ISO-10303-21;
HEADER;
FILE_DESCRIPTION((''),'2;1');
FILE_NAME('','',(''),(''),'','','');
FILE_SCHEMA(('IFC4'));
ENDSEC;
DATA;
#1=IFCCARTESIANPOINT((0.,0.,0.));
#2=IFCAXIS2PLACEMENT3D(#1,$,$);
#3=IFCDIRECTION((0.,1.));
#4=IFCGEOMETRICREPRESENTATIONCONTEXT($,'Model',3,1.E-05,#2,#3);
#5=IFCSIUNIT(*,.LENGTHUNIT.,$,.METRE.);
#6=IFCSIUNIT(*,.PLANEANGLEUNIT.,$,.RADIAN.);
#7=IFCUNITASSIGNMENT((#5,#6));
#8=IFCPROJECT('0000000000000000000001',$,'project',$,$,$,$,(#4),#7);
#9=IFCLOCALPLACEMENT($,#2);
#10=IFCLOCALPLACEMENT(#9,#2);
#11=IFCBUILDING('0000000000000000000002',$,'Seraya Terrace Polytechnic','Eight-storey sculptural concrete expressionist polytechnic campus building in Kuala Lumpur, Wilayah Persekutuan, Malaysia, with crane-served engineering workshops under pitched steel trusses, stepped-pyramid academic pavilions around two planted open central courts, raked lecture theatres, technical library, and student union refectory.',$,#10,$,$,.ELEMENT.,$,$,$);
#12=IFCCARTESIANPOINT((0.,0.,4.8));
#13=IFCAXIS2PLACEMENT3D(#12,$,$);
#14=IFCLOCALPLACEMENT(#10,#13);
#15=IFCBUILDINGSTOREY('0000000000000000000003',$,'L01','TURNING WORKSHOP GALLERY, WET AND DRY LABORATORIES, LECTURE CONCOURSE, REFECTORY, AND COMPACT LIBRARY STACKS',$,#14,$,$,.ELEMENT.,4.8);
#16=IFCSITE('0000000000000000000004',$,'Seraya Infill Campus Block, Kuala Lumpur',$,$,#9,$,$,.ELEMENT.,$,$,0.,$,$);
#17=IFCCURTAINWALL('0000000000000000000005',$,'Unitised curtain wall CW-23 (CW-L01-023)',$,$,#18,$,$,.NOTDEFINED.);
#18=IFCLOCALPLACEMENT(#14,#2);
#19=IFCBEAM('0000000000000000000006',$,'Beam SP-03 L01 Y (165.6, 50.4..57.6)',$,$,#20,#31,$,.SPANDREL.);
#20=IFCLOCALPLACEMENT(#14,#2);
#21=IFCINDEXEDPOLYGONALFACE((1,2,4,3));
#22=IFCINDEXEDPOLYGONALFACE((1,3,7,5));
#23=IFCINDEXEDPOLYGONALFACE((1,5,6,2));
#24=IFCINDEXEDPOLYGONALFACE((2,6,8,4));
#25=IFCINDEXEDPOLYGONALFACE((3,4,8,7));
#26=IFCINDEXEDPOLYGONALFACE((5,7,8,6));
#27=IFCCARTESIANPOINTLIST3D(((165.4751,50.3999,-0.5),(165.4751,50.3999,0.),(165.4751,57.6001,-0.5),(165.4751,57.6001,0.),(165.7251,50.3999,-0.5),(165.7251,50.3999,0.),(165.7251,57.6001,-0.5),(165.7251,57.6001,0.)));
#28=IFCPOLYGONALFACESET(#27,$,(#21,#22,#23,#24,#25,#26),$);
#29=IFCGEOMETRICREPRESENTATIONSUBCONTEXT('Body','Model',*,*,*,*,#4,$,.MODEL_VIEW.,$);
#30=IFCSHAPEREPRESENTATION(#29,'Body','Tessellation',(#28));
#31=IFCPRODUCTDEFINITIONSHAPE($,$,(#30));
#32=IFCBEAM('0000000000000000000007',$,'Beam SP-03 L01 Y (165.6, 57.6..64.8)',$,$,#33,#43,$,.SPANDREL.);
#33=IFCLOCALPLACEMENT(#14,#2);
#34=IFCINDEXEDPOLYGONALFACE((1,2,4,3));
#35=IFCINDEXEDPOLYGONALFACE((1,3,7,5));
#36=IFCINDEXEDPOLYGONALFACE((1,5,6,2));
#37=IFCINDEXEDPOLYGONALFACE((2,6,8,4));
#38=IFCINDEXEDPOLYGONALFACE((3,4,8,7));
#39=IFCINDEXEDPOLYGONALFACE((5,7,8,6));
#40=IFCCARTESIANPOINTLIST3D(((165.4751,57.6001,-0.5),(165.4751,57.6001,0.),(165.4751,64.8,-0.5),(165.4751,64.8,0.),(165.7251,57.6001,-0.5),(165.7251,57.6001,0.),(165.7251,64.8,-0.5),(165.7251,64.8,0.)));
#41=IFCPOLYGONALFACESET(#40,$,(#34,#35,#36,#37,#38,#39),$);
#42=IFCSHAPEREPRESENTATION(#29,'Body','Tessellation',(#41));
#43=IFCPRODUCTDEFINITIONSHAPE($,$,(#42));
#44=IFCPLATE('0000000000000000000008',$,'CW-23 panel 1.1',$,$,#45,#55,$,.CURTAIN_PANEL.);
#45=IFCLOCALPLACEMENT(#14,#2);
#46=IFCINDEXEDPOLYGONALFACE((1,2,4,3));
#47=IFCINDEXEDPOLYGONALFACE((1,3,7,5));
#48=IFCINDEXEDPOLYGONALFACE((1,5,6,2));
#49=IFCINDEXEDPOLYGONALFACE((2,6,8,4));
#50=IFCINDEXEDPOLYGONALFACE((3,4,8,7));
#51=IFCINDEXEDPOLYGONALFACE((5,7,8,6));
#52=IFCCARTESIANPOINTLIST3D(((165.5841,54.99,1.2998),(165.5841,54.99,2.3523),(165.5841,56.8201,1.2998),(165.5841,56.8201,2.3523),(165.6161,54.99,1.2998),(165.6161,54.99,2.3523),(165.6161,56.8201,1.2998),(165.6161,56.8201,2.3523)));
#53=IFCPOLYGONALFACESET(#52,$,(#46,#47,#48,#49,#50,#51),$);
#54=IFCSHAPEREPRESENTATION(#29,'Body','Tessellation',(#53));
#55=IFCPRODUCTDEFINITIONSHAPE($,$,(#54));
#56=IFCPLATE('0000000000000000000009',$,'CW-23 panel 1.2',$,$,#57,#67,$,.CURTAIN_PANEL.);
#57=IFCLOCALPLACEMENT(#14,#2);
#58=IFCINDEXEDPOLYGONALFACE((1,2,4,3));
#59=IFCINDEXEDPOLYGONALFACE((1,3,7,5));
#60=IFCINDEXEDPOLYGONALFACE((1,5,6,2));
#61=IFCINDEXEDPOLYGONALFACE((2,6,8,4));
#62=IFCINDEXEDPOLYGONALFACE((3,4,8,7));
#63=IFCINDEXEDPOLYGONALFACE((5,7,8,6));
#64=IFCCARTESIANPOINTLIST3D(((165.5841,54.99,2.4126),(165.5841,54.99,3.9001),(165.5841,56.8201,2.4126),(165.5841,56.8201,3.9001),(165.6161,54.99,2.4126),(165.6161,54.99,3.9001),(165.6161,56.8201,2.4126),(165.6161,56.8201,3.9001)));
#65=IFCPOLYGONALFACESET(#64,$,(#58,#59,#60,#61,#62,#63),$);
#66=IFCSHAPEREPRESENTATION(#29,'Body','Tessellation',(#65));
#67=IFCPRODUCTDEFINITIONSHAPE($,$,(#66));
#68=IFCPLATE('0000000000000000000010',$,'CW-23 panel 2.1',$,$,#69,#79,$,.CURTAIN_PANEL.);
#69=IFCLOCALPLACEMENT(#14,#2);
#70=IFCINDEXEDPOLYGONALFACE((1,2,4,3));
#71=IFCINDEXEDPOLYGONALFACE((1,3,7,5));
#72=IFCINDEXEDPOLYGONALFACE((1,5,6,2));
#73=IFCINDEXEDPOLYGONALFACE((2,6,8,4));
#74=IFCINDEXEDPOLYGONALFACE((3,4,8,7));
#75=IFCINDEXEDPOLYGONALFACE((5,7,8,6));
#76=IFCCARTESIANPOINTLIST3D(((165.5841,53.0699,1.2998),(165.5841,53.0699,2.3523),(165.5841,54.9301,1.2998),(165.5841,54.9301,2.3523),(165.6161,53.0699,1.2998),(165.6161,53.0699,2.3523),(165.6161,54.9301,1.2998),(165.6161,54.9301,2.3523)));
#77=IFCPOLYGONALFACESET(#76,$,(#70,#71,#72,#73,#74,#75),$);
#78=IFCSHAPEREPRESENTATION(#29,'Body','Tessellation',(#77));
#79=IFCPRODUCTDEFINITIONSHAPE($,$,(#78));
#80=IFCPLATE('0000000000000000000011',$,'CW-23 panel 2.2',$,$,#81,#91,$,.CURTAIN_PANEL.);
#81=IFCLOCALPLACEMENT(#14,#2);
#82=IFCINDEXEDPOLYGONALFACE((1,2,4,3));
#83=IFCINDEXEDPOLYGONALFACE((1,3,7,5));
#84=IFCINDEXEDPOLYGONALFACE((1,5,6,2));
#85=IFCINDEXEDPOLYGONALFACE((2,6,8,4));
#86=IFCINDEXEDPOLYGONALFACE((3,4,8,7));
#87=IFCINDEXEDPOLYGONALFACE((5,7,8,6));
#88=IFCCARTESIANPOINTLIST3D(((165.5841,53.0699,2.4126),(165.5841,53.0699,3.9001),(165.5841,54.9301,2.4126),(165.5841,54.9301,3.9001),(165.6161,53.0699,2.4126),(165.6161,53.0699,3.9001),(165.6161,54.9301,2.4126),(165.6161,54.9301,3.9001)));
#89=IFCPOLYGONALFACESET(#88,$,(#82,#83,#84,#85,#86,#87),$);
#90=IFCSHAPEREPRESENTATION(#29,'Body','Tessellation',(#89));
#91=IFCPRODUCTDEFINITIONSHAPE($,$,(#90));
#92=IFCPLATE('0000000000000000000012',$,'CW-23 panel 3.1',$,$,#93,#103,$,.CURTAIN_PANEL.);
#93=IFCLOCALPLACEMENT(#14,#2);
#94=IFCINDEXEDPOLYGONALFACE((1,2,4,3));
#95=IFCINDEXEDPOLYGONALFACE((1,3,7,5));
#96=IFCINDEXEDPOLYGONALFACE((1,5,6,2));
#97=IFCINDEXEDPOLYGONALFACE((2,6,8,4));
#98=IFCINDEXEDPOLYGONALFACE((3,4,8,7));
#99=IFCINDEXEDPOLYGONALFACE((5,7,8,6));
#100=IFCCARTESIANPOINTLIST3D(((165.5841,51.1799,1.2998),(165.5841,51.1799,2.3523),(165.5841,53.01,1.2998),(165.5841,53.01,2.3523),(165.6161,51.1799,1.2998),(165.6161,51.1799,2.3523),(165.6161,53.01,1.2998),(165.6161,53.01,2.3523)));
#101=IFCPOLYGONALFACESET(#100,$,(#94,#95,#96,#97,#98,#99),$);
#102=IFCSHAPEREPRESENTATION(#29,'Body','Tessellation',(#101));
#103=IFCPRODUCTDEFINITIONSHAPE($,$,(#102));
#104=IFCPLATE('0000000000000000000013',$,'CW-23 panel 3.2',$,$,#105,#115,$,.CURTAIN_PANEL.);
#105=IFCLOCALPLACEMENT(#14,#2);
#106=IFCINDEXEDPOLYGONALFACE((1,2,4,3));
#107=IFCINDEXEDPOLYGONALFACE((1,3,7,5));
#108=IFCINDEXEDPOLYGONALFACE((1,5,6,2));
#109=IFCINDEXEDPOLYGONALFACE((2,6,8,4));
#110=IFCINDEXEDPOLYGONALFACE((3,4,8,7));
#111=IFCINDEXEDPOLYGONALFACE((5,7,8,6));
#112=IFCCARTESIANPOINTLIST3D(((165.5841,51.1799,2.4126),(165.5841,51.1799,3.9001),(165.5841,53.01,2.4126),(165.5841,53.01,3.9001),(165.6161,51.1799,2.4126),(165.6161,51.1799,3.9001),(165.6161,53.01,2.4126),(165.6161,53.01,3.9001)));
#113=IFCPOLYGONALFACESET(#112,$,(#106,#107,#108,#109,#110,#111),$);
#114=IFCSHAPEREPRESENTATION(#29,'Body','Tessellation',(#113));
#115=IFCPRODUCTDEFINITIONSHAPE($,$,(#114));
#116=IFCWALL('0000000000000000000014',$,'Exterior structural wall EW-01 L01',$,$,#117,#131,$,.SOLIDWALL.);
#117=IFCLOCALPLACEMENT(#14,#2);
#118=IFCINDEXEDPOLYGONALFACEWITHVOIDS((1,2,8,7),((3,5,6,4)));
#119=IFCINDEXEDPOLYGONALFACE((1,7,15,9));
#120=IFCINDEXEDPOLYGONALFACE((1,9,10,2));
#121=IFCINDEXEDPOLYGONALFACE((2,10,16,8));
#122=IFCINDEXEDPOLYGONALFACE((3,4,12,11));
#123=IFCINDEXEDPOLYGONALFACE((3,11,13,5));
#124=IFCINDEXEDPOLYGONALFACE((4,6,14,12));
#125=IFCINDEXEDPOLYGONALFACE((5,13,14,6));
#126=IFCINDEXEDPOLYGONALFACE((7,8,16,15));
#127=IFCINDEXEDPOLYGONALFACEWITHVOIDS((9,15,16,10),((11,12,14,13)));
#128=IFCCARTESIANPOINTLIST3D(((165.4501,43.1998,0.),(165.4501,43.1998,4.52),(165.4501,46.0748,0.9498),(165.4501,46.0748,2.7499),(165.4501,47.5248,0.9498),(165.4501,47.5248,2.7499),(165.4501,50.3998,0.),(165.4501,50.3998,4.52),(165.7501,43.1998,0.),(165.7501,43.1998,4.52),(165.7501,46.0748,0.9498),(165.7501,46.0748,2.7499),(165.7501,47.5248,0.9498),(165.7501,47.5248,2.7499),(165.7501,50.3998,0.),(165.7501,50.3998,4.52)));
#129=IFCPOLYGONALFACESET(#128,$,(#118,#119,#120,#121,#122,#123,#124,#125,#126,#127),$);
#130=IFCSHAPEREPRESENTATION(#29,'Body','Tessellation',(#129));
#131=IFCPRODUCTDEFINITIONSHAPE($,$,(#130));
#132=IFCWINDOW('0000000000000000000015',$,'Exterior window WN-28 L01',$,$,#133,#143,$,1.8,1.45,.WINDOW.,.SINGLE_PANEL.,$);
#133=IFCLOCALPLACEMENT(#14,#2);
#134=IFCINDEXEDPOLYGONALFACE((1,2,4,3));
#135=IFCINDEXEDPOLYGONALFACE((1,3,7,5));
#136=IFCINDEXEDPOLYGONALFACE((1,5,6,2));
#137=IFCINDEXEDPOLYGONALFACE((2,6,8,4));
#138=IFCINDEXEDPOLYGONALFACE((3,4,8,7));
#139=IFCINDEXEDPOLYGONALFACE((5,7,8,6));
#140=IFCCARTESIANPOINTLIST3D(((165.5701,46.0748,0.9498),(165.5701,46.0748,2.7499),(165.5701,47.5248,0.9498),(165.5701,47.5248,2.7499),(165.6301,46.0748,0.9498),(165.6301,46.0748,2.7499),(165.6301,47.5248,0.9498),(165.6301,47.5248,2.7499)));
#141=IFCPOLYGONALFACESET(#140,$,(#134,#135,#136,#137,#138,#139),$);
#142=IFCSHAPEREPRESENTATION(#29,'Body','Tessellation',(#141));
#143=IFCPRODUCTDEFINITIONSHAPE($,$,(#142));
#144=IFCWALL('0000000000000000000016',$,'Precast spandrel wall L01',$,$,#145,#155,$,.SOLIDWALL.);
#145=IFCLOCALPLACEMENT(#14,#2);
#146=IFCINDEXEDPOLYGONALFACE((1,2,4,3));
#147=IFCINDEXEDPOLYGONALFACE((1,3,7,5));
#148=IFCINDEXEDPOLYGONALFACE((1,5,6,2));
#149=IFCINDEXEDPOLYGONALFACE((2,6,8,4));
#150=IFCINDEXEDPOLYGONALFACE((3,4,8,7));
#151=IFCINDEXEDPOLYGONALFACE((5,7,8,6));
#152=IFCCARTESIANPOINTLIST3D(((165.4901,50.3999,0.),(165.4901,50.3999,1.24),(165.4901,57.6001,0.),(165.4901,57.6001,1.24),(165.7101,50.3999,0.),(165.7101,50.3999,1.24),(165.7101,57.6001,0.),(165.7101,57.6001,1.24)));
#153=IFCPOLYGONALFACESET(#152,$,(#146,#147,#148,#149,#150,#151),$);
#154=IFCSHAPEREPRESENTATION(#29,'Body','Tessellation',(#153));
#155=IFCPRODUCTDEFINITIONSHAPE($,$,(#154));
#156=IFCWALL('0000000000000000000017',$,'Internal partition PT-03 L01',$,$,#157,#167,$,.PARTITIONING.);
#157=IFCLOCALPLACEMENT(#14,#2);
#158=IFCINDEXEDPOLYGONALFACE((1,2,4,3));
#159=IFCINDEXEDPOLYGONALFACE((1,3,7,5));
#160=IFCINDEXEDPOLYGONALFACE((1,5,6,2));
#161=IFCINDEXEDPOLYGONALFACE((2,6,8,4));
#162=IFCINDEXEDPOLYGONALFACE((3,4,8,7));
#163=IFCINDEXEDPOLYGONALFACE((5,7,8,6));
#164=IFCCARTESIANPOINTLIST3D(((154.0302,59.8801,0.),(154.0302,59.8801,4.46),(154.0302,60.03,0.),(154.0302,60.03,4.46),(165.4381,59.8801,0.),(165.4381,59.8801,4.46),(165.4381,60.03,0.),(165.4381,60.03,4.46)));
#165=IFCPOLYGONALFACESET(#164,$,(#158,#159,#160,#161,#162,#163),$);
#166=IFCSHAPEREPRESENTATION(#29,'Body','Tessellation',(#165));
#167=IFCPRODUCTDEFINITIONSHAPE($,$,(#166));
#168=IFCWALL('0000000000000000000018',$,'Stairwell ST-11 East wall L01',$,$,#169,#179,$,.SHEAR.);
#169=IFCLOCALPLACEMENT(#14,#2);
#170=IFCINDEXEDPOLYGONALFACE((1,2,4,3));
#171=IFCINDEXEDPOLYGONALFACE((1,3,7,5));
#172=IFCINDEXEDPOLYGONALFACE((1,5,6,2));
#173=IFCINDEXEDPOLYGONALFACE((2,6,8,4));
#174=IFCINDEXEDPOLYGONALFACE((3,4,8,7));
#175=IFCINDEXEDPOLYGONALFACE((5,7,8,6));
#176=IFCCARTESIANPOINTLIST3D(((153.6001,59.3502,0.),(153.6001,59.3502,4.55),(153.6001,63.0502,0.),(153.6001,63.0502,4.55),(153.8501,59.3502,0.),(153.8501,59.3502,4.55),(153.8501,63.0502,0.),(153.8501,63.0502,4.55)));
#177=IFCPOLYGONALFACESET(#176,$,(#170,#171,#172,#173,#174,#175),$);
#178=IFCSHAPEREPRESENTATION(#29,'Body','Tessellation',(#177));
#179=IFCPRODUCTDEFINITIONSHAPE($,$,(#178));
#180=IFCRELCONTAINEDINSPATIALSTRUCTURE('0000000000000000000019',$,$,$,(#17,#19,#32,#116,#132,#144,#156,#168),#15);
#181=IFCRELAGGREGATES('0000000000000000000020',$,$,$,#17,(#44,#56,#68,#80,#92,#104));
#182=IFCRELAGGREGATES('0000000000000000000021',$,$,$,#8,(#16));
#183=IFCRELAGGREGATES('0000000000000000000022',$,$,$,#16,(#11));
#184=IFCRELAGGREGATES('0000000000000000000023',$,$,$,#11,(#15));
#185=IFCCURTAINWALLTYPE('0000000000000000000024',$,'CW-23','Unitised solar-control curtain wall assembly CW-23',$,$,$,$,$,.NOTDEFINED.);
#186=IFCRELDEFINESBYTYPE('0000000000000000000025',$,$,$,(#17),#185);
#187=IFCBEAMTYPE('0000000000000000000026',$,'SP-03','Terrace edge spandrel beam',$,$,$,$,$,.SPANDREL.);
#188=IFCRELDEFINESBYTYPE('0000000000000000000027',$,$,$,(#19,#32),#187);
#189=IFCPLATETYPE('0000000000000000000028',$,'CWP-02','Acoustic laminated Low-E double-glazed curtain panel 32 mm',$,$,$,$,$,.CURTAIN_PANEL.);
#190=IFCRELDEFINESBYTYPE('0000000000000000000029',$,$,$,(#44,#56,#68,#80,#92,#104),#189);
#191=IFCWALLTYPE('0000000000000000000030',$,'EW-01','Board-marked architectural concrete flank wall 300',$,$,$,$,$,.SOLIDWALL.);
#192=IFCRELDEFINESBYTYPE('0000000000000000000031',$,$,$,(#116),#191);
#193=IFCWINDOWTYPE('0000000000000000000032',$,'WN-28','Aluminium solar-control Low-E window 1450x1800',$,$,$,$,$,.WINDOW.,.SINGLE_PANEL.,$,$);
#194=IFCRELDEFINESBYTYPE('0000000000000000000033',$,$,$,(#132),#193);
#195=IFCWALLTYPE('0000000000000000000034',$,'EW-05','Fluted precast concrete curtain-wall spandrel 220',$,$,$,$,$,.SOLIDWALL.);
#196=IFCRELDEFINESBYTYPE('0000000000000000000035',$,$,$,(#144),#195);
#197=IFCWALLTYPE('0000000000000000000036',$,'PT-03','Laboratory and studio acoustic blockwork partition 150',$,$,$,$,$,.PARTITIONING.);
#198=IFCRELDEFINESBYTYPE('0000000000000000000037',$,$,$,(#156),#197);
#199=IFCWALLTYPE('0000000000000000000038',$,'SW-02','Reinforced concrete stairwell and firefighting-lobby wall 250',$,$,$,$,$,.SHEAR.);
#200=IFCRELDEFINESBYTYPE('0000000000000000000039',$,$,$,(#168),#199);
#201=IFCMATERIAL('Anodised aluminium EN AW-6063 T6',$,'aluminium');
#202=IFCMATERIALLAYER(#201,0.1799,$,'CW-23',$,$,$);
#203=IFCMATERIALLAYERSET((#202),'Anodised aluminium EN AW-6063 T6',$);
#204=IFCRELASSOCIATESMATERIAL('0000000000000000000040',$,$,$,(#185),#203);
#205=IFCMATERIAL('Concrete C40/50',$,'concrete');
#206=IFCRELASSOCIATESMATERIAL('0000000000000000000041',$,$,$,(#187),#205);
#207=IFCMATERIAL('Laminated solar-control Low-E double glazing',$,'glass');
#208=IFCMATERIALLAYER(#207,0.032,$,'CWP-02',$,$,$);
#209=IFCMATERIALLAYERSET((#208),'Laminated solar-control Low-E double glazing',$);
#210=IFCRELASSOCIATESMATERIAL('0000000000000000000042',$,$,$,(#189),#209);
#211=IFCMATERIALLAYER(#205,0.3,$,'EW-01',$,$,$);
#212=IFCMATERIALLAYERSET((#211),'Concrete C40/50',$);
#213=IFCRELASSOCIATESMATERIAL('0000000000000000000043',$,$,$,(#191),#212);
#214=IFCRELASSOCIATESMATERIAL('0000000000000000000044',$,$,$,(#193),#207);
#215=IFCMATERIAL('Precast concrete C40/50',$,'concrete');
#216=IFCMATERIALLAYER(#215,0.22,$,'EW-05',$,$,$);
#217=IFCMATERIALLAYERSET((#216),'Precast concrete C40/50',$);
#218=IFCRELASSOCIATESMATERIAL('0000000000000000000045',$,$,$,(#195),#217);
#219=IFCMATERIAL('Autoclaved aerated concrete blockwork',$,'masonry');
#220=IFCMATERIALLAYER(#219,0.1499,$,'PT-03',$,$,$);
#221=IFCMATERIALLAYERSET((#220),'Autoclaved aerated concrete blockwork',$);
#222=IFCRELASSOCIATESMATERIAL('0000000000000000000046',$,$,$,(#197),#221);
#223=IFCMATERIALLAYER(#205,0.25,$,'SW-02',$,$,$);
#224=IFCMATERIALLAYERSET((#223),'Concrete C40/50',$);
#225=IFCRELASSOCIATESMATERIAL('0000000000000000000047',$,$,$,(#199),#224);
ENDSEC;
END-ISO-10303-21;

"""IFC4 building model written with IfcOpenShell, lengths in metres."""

from ifc_helpers import new_model, si_unit, direction, frame, frame_2d, origin, origin_2d, place, context, subcontext, project, spatial, rectangle, extrude, material, layer, layer_set, material_profile, profile_set, type_object, element, fill, aggregate, save


model = new_model("IFC4")

# Units and contexts
model_context = context("Model", 3, precision=1e-05, world=origin(), true_north=direction((0.0, 1.0)))
body_context = subcontext(model_context, "Body", "Model", "MODEL_VIEW")
ifc_project = project(units=[si_unit("LENGTHUNIT", "METRE"), si_unit("PLANEANGLEUNIT", "RADIAN")], contexts=[model_context])

# Site, building, storey
site_placement = place(None, origin())
site = spatial("IfcSite", under=ifc_project, at=site_placement, Name="Seraya Infill Campus Block, Kuala Lumpur", CompositionType="ELEMENT", RefElevation=0.0)
building_placement = place(site_placement, origin())
building = spatial("IfcBuilding", under=site, at=building_placement, Name="Seraya Terrace Polytechnic", Description="Eight-storey sculptural concrete expressionist polytechnic campus building in Kuala Lumpur, Wilayah Persekutuan, Malaysia, with crane-served engineering workshops under pitched steel trusses, stepped-pyramid academic pavilions around two planted open central courts, raked lecture theatres, technical library, and student union refectory.", CompositionType="ELEMENT")
storey_placement = place(building_placement, frame((0.0, 0.0, 4.8)))
storey = spatial("IfcBuildingStorey", under=building, at=storey_placement, Name="L01", Description="TURNING WORKSHOP GALLERY, WET AND DRY LABORATORIES, LECTURE CONCOURSE, REFECTORY, AND COMPACT LIBRARY STACKS", CompositionType="ELEMENT", Elevation=4.8)

# Shared definitions
ifc_material_1 = material(Name="Concrete C40/50", Category="concrete")

# Curtain wall
ifc_material_2 = material(Name="Anodised aluminium EN AW-6063 T6", Category="aluminium")
ifc_layer_1 = layer(ifc_material_2, 0.1799, Name="CW-23")
ifc_layer_set_1 = layer_set([ifc_layer_1], Name="Anodised aluminium EN AW-6063 T6")
curtain_wall_type = type_object("IfcCurtainWallType", Name="CW-23", Description="Unitised solar-control curtain wall assembly CW-23", PredefinedType="NOTDEFINED", material=ifc_layer_set_1)
curtain_wall_placement = place(storey_placement, origin())
curtain_wall = element("IfcCurtainWall", 1, at=curtain_wall_placement, inside=storey, type_object=curtain_wall_type, Name="Unitised curtain wall CW-23 (CW-L01-023)", PredefinedType="NOTDEFINED")

# Beams
ifc_material_profile_1 = material_profile(ifc_material_1, rectangle(XDim=0.25, YDim=0.5, at=origin_2d()), Name="RC 250x500")
ifc_profile_set_1 = profile_set([ifc_material_profile_1], Name="Concrete C40/50")
beam_type_1 = type_object("IfcBeamType", Name="SP-03", Description="Terrace edge spandrel beam", PredefinedType="SPANDREL", material=ifc_profile_set_1)
beam_1_placement = place(storey_placement, frame((165.6001, 50.3999, -0.25), z_axis=(0.0, 1.0, 0.0), x_axis=(-1.0, 0.0, 0.0)))
element("IfcBeam", 2, at=beam_1_placement, inside=storey, type_object=beam_type_1, Name="Beam SP-03 L01 Y (165.6, 50.4..57.6)", PredefinedType="SPANDREL", context=body_context, shape_type="SweptSolid", body=[
    extrude(rectangle(XDim=0.25, YDim=0.5, at=origin_2d()), origin(), (0.0, 0.0, 1.0), 7.2002),
])
beam_2_placement = place(storey_placement, frame((165.6001, 57.6001, -0.25), z_axis=(0.0, 1.0, 0.0), x_axis=(-1.0, 0.0, 0.0)))
element("IfcBeam", 3, at=beam_2_placement, inside=storey, type_object=beam_type_1, Name="Beam SP-03 L01 Y (165.6, 57.6..64.8)", PredefinedType="SPANDREL", context=body_context, shape_type="SweptSolid", body=[
    extrude(rectangle(XDim=0.25, YDim=0.5, at=origin_2d()), origin(), (0.0, 0.0, 1.0), 7.2),
])

# Plates
ifc_material_3 = material(Name="Laminated solar-control Low-E double glazing", Category="glass")
ifc_layer_2 = layer(ifc_material_3, 0.032, Name="CWP-02")
ifc_layer_set_2 = layer_set([ifc_layer_2], Name="Laminated solar-control Low-E double glazing")
plate_type = type_object("IfcPlateType", Name="CWP-02", Description="Acoustic laminated Low-E double-glazed curtain panel 32 mm", PredefinedType="CURTAIN_PANEL", material=ifc_layer_set_2)
plate_1_placement = place(storey_placement, frame((165.6001, 55.905, 1.2998), z_axis=(0.0, 0.0, 1.0), x_axis=(0.0, -1.0, 0.0)))
plate_1 = element("IfcPlate", 4, at=plate_1_placement, type_object=plate_type, Name="CW-23 panel 1.1", PredefinedType="CURTAIN_PANEL", context=body_context, shape_type="SweptSolid", body=[
    extrude(rectangle(XDim=1.8301, YDim=0.032, at=origin_2d()), origin(), (0.0, 0.0, 1.0), 1.0525),
])
plate_2_placement = place(storey_placement, frame((165.6001, 55.905, 2.4126), z_axis=(0.0, 0.0, 1.0), x_axis=(0.0, -1.0, 0.0)))
plate_2 = element("IfcPlate", 5, at=plate_2_placement, type_object=plate_type, Name="CW-23 panel 1.2", PredefinedType="CURTAIN_PANEL", context=body_context, shape_type="SweptSolid", body=[
    extrude(rectangle(XDim=1.8301, YDim=0.032, at=origin_2d()), origin(), (0.0, 0.0, 1.0), 1.4875),
])
plate_3_placement = place(storey_placement, frame((165.6001, 54.0, 1.2998), z_axis=(0.0, 0.0, 1.0), x_axis=(0.0, -1.0, 0.0)))
plate_3 = element("IfcPlate", 6, at=plate_3_placement, type_object=plate_type, Name="CW-23 panel 2.1", PredefinedType="CURTAIN_PANEL", context=body_context, shape_type="SweptSolid", body=[
    extrude(rectangle(XDim=1.8601, YDim=0.032, at=origin_2d()), origin(), (0.0, 0.0, 1.0), 1.0525),
])
plate_4_placement = place(storey_placement, frame((165.6001, 54.0, 2.4126), z_axis=(0.0, 0.0, 1.0), x_axis=(0.0, -1.0, 0.0)))
plate_4 = element("IfcPlate", 7, at=plate_4_placement, type_object=plate_type, Name="CW-23 panel 2.2", PredefinedType="CURTAIN_PANEL", context=body_context, shape_type="SweptSolid", body=[
    extrude(rectangle(XDim=1.8601, YDim=0.032, at=origin_2d()), origin(), (0.0, 0.0, 1.0), 1.4875),
])
plate_5_placement = place(storey_placement, frame((165.6001, 52.095, 1.2998), z_axis=(0.0, 0.0, 1.0), x_axis=(0.0, -1.0, 0.0)))
plate_5 = element("IfcPlate", 8, at=plate_5_placement, type_object=plate_type, Name="CW-23 panel 3.1", PredefinedType="CURTAIN_PANEL", context=body_context, shape_type="SweptSolid", body=[
    extrude(rectangle(XDim=1.8301, YDim=0.032, at=origin_2d()), origin(), (0.0, 0.0, 1.0), 1.0525),
])
plate_6_placement = place(storey_placement, frame((165.6001, 52.095, 2.4126), z_axis=(0.0, 0.0, 1.0), x_axis=(0.0, -1.0, 0.0)))
plate_6 = element("IfcPlate", 9, at=plate_6_placement, type_object=plate_type, Name="CW-23 panel 3.2", PredefinedType="CURTAIN_PANEL", context=body_context, shape_type="SweptSolid", body=[
    extrude(rectangle(XDim=1.8301, YDim=0.032, at=origin_2d()), origin(), (0.0, 0.0, 1.0), 1.4875),
])
aggregate(curtain_wall, [plate_1, plate_2, plate_3, plate_4, plate_5, plate_6])

# Wall, opening, window
ifc_layer_3 = layer(ifc_material_1, 0.3, Name="EW-01")
ifc_layer_set_3 = layer_set([ifc_layer_3], Name="Concrete C40/50")
wall_type_1 = type_object("IfcWallType", Name="EW-01", Description="Board-marked architectural concrete flank wall 300", PredefinedType="SOLIDWALL", material=ifc_layer_set_3)
wall_1_placement = place(storey_placement, frame((165.6001, 50.3999, 0.0), z_axis=(0.0, 0.0, 1.0), x_axis=(0.0, -1.0, 0.0)))
wall_1 = element("IfcWall", 10, at=wall_1_placement, inside=storey, type_object=wall_type_1, Name="Exterior structural wall EW-01 L01", PredefinedType="SOLIDWALL", context=body_context, shape_type="SweptSolid", body=[
    extrude(rectangle(XDim=7.2, YDim=0.3, at=frame_2d((3.6001, 0.0))), origin(), (0.0, 0.0, 1.0), 4.52),
])
opening_placement = place(wall_1_placement, frame((2.875, 0.0, 0.95)))
opening = element("IfcOpeningElement", 11, at=opening_placement, cuts=wall_1, PredefinedType="OPENING", context=body_context, shape_type="SweptSolid", body=[
    extrude(rectangle(XDim=1.45, YDim=1.8, at=frame_2d((0.7251, 0.8999))), frame((0.0, 0.1621, 0.0), z_axis=(0.0, -1.0, 0.0), x_axis=(1.0, 0.0, 0.0)), (0.0, 0.0, 1.0), 0.324),
])
window_type = type_object("IfcWindowType", Name="WN-28", Description="Aluminium solar-control Low-E window 1450x1800", PartitioningType="SINGLE_PANEL", PredefinedType="WINDOW", material=ifc_material_3)
window_placement = place(opening_placement, origin())
window = element("IfcWindow", 12, at=window_placement, inside=storey, type_object=window_type, Name="Exterior window WN-28 L01", OverallHeight=1.8, OverallWidth=1.45, PartitioningType="SINGLE_PANEL", PredefinedType="WINDOW", context=body_context, shape_type="SweptSolid", body=[
    extrude(rectangle(XDim=1.45, YDim=1.8, at=frame_2d((0.7251, 0.8999))), frame((0.0, 0.03, 0.0), z_axis=(0.0, -1.0, 0.0), x_axis=(1.0, 0.0, 0.0)), (0.0, 0.0, 1.0), 0.0601),
])
fill(opening, window)

# Walls
ifc_material_4 = material(Name="Precast concrete C40/50", Category="concrete")
ifc_layer_4 = layer(ifc_material_4, 0.22, Name="EW-05")
ifc_layer_set_4 = layer_set([ifc_layer_4], Name="Precast concrete C40/50")
wall_type_2 = type_object("IfcWallType", Name="EW-05", Description="Fluted precast concrete curtain-wall spandrel 220", PredefinedType="SOLIDWALL", material=ifc_layer_set_4)
wall_2_placement = place(storey_placement, frame((165.6001, 57.6001, 0.0), z_axis=(0.0, 0.0, 1.0), x_axis=(0.0, -1.0, 0.0)))
element("IfcWall", 13, at=wall_2_placement, inside=storey, type_object=wall_type_2, Name="Precast spandrel wall L01", PredefinedType="SOLIDWALL", context=body_context, shape_type="SweptSolid", body=[
    extrude(rectangle(XDim=7.2002, YDim=0.22, at=frame_2d((3.6001, 0.0))), origin(), (0.0, 0.0, 1.0), 1.24),
])
ifc_material_5 = material(Name="Autoclaved aerated concrete blockwork", Category="masonry")
ifc_layer_5 = layer(ifc_material_5, 0.1499, Name="PT-03")
ifc_layer_set_5 = layer_set([ifc_layer_5], Name="Autoclaved aerated concrete blockwork")
wall_type_3 = type_object("IfcWallType", Name="PT-03", Description="Laboratory and studio acoustic blockwork partition 150", PredefinedType="PARTITIONING", material=ifc_layer_set_5)
wall_3_placement = place(storey_placement, frame((154.03, 59.9551, 0.0), z_axis=(0.0, 0.0, 1.0), x_axis=(1.0, 0.0, 0.0)))
element("IfcWall", 14, at=wall_3_placement, inside=storey, type_object=wall_type_3, Name="Internal partition PT-03 L01", PredefinedType="PARTITIONING", context=body_context, shape_type="SweptSolid", body=[
    extrude(rectangle(XDim=11.408, YDim=0.1499, at=frame_2d((5.7041, 0.0))), origin(), (0.0, 0.0, 1.0), 4.46),
])
ifc_layer_6 = layer(ifc_material_1, 0.25, Name="SW-02")
ifc_layer_set_6 = layer_set([ifc_layer_6], Name="Concrete C40/50")
wall_type_4 = type_object("IfcWallType", Name="SW-02", Description="Reinforced concrete stairwell and firefighting-lobby wall 250", PredefinedType="SHEAR", material=ifc_layer_set_6)
wall_4_placement = place(storey_placement, frame((153.7251, 59.3501, 0.0), z_axis=(0.0, 0.0, 1.0), x_axis=(0.0, 1.0, 0.0)))
element("IfcWall", 15, at=wall_4_placement, inside=storey, type_object=wall_type_4, Name="Stairwell ST-11 East wall L01", PredefinedType="SHEAR", context=body_context, shape_type="SweptSolid", body=[
    extrude(rectangle(XDim=3.7, YDim=0.25, at=frame_2d((1.8501, 0.0))), origin(), (0.0, 0.0, 1.0), 4.55),
])

save(model, "model.ifc")
